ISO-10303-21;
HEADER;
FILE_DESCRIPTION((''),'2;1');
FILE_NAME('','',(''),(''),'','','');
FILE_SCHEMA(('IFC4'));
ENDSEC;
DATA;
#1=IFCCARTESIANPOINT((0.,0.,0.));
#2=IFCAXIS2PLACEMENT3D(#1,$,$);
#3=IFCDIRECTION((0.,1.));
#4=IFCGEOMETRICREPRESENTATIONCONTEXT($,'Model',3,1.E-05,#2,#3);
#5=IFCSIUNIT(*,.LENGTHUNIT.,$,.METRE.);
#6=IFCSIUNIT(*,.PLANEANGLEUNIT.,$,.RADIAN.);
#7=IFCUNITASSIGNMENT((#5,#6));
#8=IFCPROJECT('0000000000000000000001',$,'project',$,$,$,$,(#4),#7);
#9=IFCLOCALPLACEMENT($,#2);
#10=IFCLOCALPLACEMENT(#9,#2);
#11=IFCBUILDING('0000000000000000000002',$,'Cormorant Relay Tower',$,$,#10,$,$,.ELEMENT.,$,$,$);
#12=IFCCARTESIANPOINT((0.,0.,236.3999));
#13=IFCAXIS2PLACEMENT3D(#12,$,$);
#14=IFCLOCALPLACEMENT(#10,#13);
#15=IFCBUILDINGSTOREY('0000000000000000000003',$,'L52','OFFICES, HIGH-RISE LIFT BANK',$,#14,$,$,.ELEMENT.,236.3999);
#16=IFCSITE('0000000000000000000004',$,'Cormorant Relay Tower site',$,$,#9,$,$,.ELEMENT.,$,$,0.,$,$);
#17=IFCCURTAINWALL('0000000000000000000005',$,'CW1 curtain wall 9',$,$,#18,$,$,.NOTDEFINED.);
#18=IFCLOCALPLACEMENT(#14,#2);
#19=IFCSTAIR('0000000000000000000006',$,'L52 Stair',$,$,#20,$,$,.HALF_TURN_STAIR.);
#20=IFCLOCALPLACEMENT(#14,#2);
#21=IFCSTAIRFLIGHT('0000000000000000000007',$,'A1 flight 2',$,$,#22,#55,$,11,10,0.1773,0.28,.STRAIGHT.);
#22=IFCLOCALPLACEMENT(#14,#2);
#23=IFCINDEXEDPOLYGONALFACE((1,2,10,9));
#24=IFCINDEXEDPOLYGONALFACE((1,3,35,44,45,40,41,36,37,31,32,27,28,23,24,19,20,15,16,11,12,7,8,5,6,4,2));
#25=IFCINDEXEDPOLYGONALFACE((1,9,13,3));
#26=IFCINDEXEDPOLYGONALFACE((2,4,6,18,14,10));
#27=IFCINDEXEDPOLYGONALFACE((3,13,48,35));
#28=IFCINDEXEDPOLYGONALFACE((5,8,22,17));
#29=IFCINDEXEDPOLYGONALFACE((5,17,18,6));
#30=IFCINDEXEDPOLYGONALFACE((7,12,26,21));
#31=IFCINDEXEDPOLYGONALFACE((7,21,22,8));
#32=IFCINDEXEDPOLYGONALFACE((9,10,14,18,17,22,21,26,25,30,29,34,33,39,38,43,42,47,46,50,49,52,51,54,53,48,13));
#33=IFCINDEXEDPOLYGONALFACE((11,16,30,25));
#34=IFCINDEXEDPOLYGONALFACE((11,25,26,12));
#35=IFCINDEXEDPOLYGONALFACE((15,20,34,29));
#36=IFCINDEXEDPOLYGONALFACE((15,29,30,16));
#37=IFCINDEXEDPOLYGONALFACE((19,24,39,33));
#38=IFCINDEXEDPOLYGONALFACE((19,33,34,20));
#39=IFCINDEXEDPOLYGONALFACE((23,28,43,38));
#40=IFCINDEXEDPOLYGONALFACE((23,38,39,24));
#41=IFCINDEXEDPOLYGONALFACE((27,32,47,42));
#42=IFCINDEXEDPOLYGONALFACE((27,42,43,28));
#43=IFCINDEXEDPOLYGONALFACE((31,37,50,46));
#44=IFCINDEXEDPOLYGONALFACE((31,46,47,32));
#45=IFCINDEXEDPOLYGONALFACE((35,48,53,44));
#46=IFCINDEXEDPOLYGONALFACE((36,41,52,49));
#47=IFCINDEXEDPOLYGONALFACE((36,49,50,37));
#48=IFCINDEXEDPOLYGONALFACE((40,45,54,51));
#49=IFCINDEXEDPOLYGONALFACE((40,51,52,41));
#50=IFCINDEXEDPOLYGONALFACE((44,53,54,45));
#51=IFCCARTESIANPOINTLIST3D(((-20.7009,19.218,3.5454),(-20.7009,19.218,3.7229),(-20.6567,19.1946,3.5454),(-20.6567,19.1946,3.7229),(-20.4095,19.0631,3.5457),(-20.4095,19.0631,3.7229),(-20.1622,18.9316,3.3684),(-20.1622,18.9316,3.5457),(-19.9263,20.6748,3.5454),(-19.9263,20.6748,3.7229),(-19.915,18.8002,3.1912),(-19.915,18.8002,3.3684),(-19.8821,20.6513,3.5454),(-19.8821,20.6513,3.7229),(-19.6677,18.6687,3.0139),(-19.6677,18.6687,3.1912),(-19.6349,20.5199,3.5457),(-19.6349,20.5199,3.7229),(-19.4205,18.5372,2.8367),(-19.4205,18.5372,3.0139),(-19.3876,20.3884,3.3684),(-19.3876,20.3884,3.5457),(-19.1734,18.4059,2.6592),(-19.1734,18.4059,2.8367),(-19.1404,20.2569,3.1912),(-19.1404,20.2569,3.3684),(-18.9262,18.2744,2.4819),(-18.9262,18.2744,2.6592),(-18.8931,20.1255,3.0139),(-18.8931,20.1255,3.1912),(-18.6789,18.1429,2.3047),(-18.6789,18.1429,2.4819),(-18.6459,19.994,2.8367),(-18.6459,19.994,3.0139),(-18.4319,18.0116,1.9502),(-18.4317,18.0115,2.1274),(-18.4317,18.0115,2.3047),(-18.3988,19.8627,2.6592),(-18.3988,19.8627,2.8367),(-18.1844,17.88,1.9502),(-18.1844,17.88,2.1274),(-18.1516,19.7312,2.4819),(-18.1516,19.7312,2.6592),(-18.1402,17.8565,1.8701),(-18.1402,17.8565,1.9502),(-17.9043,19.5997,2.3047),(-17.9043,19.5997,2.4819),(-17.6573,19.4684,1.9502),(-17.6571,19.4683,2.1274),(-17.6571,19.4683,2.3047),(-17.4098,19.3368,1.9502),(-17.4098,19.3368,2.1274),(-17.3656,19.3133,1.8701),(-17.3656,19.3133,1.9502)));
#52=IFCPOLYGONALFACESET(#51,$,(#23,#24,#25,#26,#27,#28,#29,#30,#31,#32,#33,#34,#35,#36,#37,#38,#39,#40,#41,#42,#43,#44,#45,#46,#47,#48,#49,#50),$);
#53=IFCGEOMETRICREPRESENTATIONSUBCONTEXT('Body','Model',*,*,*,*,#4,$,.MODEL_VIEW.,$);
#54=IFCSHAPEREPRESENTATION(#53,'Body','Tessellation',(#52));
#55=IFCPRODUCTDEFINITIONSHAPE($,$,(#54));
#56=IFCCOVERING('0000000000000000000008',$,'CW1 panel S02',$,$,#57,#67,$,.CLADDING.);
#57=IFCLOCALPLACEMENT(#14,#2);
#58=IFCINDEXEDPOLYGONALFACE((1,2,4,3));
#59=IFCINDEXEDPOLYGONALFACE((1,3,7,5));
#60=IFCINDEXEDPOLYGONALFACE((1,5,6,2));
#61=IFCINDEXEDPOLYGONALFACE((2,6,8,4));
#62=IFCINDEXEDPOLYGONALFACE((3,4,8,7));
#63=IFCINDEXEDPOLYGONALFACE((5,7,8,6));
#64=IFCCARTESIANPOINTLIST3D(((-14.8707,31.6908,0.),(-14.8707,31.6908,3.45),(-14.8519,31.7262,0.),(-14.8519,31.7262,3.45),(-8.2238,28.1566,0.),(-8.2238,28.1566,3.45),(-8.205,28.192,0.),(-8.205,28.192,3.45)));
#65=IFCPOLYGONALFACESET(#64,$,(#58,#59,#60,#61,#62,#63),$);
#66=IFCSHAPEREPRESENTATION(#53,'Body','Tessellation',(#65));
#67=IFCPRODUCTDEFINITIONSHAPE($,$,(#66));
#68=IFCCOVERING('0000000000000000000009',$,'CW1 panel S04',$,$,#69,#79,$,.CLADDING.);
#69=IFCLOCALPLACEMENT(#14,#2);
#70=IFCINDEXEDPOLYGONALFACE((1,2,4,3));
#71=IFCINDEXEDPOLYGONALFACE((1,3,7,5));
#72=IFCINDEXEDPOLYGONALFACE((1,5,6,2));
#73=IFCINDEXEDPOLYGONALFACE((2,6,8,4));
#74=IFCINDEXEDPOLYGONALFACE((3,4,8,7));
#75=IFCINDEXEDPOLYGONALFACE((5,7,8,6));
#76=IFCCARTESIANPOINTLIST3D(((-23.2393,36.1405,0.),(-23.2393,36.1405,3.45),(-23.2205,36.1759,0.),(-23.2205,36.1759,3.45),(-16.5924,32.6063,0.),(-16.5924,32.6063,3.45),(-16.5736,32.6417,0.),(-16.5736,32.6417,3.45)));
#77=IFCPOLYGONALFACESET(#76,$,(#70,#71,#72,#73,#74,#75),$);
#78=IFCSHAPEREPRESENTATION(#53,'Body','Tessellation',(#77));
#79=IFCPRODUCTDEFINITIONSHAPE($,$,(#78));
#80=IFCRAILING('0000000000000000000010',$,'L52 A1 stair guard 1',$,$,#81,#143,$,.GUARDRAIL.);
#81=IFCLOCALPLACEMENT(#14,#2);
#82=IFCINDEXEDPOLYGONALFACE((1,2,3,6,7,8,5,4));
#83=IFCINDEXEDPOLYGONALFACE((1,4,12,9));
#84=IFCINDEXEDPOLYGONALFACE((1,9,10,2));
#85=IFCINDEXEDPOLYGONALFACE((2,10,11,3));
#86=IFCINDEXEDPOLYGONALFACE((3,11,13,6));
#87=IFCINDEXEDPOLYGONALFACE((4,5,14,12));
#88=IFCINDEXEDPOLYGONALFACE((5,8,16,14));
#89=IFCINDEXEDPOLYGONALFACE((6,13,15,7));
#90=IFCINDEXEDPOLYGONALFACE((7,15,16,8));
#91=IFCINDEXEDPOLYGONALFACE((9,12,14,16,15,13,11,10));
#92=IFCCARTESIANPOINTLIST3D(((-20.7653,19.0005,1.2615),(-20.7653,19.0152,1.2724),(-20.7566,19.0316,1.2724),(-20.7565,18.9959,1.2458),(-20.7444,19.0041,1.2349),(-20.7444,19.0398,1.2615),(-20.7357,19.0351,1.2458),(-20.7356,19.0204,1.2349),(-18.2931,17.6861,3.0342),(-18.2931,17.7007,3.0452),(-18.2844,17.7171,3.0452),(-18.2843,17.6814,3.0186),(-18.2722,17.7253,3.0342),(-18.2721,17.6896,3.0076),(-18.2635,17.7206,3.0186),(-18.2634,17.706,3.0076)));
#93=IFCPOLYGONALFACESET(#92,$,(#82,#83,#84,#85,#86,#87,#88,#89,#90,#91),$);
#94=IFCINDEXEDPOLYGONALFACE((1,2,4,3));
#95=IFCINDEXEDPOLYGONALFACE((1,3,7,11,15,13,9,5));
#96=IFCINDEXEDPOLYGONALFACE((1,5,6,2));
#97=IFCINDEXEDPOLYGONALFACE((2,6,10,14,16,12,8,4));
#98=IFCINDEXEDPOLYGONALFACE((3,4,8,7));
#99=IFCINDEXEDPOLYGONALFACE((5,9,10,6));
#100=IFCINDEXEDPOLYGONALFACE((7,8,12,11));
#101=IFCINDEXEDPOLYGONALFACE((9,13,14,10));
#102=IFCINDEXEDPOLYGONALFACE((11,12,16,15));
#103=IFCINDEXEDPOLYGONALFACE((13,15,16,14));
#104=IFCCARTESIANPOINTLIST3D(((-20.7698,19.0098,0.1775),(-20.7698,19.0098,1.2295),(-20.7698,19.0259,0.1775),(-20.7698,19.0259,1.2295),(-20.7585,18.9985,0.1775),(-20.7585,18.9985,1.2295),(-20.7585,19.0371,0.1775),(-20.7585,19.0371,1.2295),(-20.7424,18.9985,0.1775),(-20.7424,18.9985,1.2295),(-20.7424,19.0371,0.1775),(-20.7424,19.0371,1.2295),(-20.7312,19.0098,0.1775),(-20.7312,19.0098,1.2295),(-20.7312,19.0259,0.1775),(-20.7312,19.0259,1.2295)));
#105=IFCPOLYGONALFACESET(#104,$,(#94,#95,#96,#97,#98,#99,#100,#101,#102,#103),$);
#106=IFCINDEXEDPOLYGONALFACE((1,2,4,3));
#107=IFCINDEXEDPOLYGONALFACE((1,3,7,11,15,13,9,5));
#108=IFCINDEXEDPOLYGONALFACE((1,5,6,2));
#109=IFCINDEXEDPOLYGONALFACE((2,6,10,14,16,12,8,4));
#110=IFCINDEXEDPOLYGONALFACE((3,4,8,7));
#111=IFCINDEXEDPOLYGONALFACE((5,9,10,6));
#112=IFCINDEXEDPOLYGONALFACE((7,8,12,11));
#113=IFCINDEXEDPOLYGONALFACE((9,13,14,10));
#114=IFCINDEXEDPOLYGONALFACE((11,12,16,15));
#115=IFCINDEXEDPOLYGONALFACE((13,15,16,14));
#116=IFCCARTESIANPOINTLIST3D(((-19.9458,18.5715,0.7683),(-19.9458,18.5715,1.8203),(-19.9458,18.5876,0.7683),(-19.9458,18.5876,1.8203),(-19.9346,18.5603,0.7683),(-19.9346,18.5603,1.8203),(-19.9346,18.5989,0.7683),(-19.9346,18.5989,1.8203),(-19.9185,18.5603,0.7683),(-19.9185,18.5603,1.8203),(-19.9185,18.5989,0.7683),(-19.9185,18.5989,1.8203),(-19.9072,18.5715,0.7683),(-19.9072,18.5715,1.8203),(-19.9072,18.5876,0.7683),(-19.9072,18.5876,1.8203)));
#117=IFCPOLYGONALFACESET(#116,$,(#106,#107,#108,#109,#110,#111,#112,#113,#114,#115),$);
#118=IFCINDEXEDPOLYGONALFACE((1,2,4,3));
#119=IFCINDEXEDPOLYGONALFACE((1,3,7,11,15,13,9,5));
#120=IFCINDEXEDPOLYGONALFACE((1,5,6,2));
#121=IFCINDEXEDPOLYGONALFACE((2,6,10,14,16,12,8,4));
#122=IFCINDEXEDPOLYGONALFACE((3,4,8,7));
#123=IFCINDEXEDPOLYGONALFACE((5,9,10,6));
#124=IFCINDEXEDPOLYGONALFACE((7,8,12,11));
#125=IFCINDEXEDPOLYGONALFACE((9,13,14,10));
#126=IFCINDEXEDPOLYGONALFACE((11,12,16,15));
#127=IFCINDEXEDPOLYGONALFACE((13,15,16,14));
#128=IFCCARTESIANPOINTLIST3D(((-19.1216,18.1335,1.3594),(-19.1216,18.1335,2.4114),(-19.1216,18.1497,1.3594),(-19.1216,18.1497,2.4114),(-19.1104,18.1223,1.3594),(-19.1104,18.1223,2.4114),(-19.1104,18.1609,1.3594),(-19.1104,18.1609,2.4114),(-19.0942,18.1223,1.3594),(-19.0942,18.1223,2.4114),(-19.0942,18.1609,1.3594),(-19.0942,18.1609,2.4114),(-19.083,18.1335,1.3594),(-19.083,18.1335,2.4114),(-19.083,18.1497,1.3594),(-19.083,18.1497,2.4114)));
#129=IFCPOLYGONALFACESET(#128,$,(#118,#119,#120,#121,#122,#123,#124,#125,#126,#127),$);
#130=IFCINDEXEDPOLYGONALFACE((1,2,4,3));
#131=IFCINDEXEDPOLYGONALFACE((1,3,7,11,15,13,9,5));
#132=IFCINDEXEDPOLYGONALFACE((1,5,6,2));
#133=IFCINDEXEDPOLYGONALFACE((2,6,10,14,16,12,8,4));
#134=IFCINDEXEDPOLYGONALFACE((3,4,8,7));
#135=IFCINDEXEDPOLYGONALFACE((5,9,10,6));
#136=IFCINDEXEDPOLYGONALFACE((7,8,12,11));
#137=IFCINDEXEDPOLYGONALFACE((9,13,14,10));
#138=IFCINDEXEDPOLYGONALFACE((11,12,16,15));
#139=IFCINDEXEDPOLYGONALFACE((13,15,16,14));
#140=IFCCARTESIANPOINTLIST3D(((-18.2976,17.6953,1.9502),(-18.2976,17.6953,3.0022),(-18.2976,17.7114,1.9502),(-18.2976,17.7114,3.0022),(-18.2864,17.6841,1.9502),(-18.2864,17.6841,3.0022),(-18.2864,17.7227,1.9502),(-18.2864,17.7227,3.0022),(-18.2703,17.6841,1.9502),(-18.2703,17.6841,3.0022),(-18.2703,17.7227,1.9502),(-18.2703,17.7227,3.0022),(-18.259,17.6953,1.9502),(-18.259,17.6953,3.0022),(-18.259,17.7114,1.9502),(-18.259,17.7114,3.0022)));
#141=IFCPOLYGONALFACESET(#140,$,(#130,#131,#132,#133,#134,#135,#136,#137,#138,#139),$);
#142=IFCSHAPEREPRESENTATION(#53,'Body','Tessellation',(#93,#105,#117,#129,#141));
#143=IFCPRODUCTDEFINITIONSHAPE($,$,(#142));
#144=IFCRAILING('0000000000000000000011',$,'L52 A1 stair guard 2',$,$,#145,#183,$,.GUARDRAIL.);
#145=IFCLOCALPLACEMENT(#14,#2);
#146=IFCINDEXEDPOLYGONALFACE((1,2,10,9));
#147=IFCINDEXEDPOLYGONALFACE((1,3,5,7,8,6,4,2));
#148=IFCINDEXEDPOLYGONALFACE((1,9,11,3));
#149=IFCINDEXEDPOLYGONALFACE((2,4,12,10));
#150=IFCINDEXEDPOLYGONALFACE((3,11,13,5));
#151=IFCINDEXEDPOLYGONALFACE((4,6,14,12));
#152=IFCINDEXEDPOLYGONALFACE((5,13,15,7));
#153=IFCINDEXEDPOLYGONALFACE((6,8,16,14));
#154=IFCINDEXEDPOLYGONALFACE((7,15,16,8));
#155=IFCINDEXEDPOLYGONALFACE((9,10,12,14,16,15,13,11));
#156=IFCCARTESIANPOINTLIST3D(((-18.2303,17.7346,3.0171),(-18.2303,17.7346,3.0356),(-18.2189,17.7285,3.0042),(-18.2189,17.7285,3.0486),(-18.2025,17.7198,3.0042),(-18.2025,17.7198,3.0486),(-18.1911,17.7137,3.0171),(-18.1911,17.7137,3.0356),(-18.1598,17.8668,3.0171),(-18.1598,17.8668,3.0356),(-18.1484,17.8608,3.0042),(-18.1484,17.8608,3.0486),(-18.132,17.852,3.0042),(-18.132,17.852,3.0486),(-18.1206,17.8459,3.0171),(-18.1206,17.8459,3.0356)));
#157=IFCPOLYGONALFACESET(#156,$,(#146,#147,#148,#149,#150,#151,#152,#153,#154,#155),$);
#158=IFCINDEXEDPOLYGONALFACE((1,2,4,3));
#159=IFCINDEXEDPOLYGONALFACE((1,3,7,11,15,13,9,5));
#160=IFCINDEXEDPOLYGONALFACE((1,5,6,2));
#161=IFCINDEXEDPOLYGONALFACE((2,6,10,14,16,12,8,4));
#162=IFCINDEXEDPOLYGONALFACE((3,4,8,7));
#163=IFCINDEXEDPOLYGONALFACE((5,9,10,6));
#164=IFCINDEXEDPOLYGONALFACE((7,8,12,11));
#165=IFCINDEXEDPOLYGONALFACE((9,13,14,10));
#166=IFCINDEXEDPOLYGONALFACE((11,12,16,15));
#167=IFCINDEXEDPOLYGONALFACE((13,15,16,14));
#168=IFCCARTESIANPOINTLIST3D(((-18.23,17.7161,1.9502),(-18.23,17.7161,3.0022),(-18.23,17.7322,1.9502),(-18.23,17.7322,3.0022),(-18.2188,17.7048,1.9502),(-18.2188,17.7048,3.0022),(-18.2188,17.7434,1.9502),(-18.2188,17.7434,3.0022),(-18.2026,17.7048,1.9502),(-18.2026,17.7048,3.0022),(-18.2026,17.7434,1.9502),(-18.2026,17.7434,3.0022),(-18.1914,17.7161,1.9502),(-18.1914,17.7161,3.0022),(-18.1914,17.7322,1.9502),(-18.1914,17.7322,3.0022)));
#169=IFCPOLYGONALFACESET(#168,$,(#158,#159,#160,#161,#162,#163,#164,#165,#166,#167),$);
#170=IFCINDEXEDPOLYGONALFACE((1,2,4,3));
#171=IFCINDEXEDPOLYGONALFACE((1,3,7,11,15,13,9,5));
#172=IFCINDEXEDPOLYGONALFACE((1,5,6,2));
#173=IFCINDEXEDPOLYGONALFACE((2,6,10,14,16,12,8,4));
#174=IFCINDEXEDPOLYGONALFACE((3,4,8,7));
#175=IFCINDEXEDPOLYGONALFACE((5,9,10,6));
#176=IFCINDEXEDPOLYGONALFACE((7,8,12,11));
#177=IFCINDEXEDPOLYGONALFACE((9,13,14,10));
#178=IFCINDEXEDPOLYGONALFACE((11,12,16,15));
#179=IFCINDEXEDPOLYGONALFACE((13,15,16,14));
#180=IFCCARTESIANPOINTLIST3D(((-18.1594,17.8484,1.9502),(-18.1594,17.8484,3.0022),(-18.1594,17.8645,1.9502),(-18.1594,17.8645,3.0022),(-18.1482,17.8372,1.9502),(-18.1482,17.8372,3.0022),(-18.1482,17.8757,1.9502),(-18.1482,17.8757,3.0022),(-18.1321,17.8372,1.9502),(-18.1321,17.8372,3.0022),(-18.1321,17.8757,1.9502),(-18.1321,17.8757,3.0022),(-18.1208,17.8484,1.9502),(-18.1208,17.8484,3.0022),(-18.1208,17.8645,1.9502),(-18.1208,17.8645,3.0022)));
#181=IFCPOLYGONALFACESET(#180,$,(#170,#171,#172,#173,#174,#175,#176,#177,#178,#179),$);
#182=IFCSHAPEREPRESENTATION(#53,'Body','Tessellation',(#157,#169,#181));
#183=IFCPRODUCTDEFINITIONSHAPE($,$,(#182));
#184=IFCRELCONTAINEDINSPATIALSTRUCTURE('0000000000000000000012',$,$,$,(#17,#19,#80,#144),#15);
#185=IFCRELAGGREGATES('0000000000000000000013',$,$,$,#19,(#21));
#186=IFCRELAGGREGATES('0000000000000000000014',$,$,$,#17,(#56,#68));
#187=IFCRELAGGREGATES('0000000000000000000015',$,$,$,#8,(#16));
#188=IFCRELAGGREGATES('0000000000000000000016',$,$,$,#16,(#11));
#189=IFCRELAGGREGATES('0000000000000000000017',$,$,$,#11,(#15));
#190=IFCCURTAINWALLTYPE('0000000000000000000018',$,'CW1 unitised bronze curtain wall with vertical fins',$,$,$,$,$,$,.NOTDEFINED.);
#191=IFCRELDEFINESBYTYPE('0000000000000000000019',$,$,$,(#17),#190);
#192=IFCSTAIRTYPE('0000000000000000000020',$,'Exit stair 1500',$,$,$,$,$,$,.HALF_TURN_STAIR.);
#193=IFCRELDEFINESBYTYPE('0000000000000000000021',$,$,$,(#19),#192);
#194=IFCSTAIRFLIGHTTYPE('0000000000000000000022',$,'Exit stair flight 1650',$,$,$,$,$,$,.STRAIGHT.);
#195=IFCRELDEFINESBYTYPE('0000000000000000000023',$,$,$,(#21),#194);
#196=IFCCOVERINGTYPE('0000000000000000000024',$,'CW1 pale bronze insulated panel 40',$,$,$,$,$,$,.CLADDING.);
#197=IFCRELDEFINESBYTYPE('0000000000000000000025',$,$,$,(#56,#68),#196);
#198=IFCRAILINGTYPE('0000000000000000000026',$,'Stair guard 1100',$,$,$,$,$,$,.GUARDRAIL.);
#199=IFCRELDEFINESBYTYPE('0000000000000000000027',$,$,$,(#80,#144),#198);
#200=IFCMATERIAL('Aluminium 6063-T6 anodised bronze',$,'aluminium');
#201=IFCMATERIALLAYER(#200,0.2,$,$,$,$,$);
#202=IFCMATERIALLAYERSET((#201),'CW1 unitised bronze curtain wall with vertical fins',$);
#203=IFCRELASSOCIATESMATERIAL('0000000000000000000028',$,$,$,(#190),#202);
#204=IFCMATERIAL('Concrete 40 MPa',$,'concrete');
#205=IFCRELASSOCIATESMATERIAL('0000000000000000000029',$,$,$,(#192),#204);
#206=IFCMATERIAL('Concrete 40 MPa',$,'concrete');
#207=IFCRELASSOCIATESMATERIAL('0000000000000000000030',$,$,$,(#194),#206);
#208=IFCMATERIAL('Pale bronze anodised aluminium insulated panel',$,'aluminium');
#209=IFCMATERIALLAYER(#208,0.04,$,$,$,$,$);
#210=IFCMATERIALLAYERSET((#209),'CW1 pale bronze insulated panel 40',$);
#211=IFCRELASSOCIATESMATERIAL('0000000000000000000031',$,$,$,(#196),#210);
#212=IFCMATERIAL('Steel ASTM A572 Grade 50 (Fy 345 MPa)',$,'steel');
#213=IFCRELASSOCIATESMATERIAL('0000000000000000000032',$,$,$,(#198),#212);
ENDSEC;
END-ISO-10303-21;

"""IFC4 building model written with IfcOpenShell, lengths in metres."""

from ifc_helpers import new_model, si_unit, direction, frame, origin, origin_2d, place, context, subcontext, project, spatial, polyline, rectangle, outline, extrude, material, layer, layer_set, type_object, element, aggregate, save


model = new_model("IFC4")

# Units and contexts
model_context = context("Model", 3, precision=1e-05, world=origin(), true_north=direction((0.0, 1.0)))
body_context = subcontext(model_context, "Body", "Model", "MODEL_VIEW")
ifc_project = project(units=[si_unit("LENGTHUNIT", "METRE"), si_unit("PLANEANGLEUNIT", "RADIAN")], contexts=[model_context])

# Site, building, storey
site_placement = place(None, origin())
site = spatial("IfcSite", under=ifc_project, at=site_placement, Name="Cormorant Relay Tower site", CompositionType="ELEMENT", RefElevation=0.0)
building_placement = place(site_placement, origin())
building = spatial("IfcBuilding", under=site, at=building_placement, Name="Cormorant Relay Tower", CompositionType="ELEMENT")
storey_placement = place(building_placement, frame((0.0, 0.0, 236.3999)))
storey = spatial("IfcBuildingStorey", under=building, at=storey_placement, Name="L52", Description="OFFICES, HIGH-RISE LIFT BANK", CompositionType="ELEMENT", Elevation=236.3999)

# Curtain wall
ifc_material_1 = material(Name="Aluminium 6063-T6 anodised bronze", Category="aluminium")
ifc_layer_1 = layer(ifc_material_1, 0.2)
ifc_layer_set_1 = layer_set([ifc_layer_1], Name="CW1 unitised bronze curtain wall with vertical fins")
curtain_wall_type = type_object("IfcCurtainWallType", Name="CW1 unitised bronze curtain wall with vertical fins", PredefinedType="NOTDEFINED", material=ifc_layer_set_1)
curtain_wall_placement = place(storey_placement, origin())
curtain_wall = element("IfcCurtainWall", 1, at=curtain_wall_placement, inside=storey, type_object=curtain_wall_type, Name="CW1 curtain wall 9", PredefinedType="NOTDEFINED")

# Stair, stair flight
ifc_material_2 = material(Name="Concrete 40 MPa", Category="concrete")
stair_type = type_object("IfcStairType", Name="Exit stair 1500", PredefinedType="HALF_TURN_STAIR", material=ifc_material_2)
stair_placement = place(storey_placement, origin())
stair = element("IfcStair", 2, at=stair_placement, inside=storey, type_object=stair_type, Name="L52 Stair", PredefinedType="HALF_TURN_STAIR")
ifc_material_3 = material(Name="Concrete 40 MPa", Category="concrete")
stair_flight_type = type_object("IfcStairFlightType", Name="Exit stair flight 1650", PredefinedType="STRAIGHT", material=ifc_material_3)
stair_flight_1_placement = place(storey_placement, frame((-17.7971, 18.6084, 1.9502), z_axis=(0.0, 0.0, 1.0), x_axis=(-0.882948, 0.469472, 0.0)))
stair_flight_1 = element("IfcStairFlight", 3, at=stair_flight_1_placement, type_object=stair_flight_type, Name="A1 flight 2", NumberOfRisers=11, NumberOfTreads=10, PredefinedType="STRAIGHT", RiserHeight=0.1773, TreadLength=0.28, context=body_context, shape_type="SweptSolid", body=[
    extrude(outline(polyline([(-0.05, -0.0801), (-0.05, 0.0), (0.0, 0.0), (0.0, 0.1772), (0.28, 0.1772), (0.28, 0.3545), (0.5601, 0.3545), (0.5601, 0.5317), (0.8401, 0.5317), (0.8401, 0.709), (1.1201, 0.709), (1.1201, 0.8865), (1.3999, 0.8865), (1.3999, 1.0637), (1.6799, 1.0637), (1.6799, 1.241), (1.96, 1.241), (1.96, 1.4182), (2.24, 1.4182), (2.24, 1.5955), (2.52, 1.5955), (2.52, 1.7727), (2.8, 1.7727), (2.8501, 1.7727), (2.8501, 1.5952), (2.8, 1.5952), (0.2803, 0.0), (-0.05, -0.0801)])), frame((0.0, 0.825, 0.0), z_axis=(0.0, -1.0, 0.0), x_axis=(1.0, 0.0, 0.0)), (0.0, 0.0, 1.0), 1.6499),
])
aggregate(stair, [stair_flight_1])

# Coverings
ifc_material_4 = material(Name="Pale bronze anodised aluminium insulated panel", Category="aluminium")
ifc_layer_2 = layer(ifc_material_4, 0.04)
ifc_layer_set_2 = layer_set([ifc_layer_2], Name="CW1 pale bronze insulated panel 40")
covering_type = type_object("IfcCoveringType", Name="CW1 pale bronze insulated panel 40", PredefinedType="CLADDING", material=ifc_layer_set_2)
covering_1_placement = place(storey_placement, frame((-11.5378, 29.9414, 0.0), z_axis=(0.0, 0.0, 1.0), x_axis=(-0.882948, 0.469472, 0.0)))
covering_1 = element("IfcCovering", 4, at=covering_1_placement, type_object=covering_type, Name="CW1 panel S02", PredefinedType="CLADDING", context=body_context, shape_type="SweptSolid", body=[
    extrude(rectangle(XDim=7.5281, YDim=0.04, at=origin_2d()), origin(), (0.0, 0.0, 1.0), 3.45),
])
covering_2_placement = place(storey_placement, frame((-19.9065, 34.3911, 0.0), z_axis=(0.0, 0.0, 1.0), x_axis=(-0.882948, 0.469472, 0.0)))
covering_2 = element("IfcCovering", 5, at=covering_2_placement, type_object=covering_type, Name="CW1 panel S04", PredefinedType="CLADDING", context=body_context, shape_type="SweptSolid", body=[
    extrude(rectangle(XDim=7.5281, YDim=0.04, at=origin_2d()), origin(), (0.0, 0.0, 1.0), 3.45),
])
aggregate(curtain_wall, [covering_1, covering_2])

# Railings
ifc_material_5 = material(Name="Steel ASTM A572 Grade 50 (Fy 345 MPa)", Category="steel")
railing_type_1 = type_object("IfcRailingType", Name="Stair guard 1100", PredefinedType="GUARDRAIL", material=ifc_material_5)
railing_1_placement = place(storey_placement, frame((-20.7505, 19.0178, 0.1775)))
element("IfcRailing", 6, at=railing_1_placement, inside=storey, type_object=railing_type_1, Name="L52 A1 stair guard 1", PredefinedType="GUARDRAIL", context=body_context, shape_type="SweptSolid", body=[
    extrude(outline(polyline([(0.0222, 0.0093), (0.0093, 0.0222), (-0.0093, 0.0222), (-0.0222, 0.0093), (-0.0222, -0.0093), (-0.0093, -0.0222), (0.0093, -0.0222), (0.0222, -0.0093), (0.0222, 0.0093)])), frame((0.0, 0.0, 1.0762), z_axis=(0.746001, -0.396649, 0.534931), x_axis=(0.469465, 0.882951, 0.0)), (0.0, 0.0, 1.0), 3.314),
    extrude(outline(polyline([(0.0193, 0.0081), (0.0081, 0.0193), (-0.0081, 0.0193), (-0.0193, 0.0081), (-0.0193, -0.0081), (-0.0081, -0.0193), (0.0081, -0.0193), (0.0193, -0.0081), (0.0193, 0.0081)])), origin(), (0.0, 0.0, 1.0), 1.052),
    extrude(outline(polyline([(0.0193, 0.0081), (0.0081, 0.0193), (-0.0081, 0.0193), (-0.0193, 0.0081), (-0.0193, -0.0081), (-0.0081, -0.0193), (0.0081, -0.0193), (0.0193, -0.0081), (0.0193, 0.0081)])), frame((0.824, -0.4382, 0.5908)), (0.0, 0.0, 1.0), 1.052),
    extrude(outline(polyline([(0.0193, 0.0081), (0.0081, 0.0193), (-0.0081, 0.0193), (-0.0193, 0.0081), (-0.0193, -0.0081), (-0.0081, -0.0193), (0.0081, -0.0193), (0.0193, -0.0081), (0.0193, 0.0081)])), frame((1.6482, -0.8762, 1.1819)), (0.0, 0.0, 1.0), 1.052),
    extrude(outline(polyline([(0.0193, 0.0081), (0.0081, 0.0193), (-0.0081, 0.0193), (-0.0193, 0.0081), (-0.0193, -0.0081), (-0.0081, -0.0193), (0.0081, -0.0193), (0.0193, -0.0081), (0.0193, 0.0081)])), frame((2.4722, -1.3145, 1.7727)), (0.0, 0.0, 1.0), 1.052),
])
railing_2_placement = place(storey_placement, frame((-18.2107, 17.7241, 1.9502)))
element("IfcRailing", 7, at=railing_2_placement, inside=storey, type_object=railing_type_1, Name="L52 A1 stair guard 2", PredefinedType="GUARDRAIL", context=body_context, shape_type="SweptSolid", body=[
    extrude(outline(polyline([(0.0222, 0.0093), (0.0093, 0.0222), (-0.0093, 0.0222), (-0.0222, 0.0093), (-0.0222, -0.0093), (-0.0093, -0.0222), (0.0093, -0.0222), (0.0222, -0.0093), (0.0222, 0.0093)])), frame((0.0, 0.0, 1.0762), z_axis=(0.470504, 0.882398, 0.0), x_axis=(-0.882398, 0.470504, 0.0)), (0.0, 0.0, 1.0), 0.1499),
    extrude(outline(polyline([(0.0193, 0.0081), (0.0081, 0.0193), (-0.0081, 0.0193), (-0.0193, 0.0081), (-0.0193, -0.0081), (-0.0081, -0.0193), (0.0081, -0.0193), (0.0193, -0.0081), (0.0193, 0.0081)])), origin(), (0.0, 0.0, 1.0), 1.052),
    extrude(outline(polyline([(0.0193, 0.0081), (0.0081, 0.0193), (-0.0081, 0.0193), (-0.0193, 0.0081), (-0.0193, -0.0081), (-0.0081, -0.0193), (0.0081, -0.0193), (0.0193, -0.0081), (0.0193, 0.0081)])), frame((0.0706, 0.1323, 0.0)), (0.0, 0.0, 1.0), 1.052),
])

save(model, "model.ifc")
